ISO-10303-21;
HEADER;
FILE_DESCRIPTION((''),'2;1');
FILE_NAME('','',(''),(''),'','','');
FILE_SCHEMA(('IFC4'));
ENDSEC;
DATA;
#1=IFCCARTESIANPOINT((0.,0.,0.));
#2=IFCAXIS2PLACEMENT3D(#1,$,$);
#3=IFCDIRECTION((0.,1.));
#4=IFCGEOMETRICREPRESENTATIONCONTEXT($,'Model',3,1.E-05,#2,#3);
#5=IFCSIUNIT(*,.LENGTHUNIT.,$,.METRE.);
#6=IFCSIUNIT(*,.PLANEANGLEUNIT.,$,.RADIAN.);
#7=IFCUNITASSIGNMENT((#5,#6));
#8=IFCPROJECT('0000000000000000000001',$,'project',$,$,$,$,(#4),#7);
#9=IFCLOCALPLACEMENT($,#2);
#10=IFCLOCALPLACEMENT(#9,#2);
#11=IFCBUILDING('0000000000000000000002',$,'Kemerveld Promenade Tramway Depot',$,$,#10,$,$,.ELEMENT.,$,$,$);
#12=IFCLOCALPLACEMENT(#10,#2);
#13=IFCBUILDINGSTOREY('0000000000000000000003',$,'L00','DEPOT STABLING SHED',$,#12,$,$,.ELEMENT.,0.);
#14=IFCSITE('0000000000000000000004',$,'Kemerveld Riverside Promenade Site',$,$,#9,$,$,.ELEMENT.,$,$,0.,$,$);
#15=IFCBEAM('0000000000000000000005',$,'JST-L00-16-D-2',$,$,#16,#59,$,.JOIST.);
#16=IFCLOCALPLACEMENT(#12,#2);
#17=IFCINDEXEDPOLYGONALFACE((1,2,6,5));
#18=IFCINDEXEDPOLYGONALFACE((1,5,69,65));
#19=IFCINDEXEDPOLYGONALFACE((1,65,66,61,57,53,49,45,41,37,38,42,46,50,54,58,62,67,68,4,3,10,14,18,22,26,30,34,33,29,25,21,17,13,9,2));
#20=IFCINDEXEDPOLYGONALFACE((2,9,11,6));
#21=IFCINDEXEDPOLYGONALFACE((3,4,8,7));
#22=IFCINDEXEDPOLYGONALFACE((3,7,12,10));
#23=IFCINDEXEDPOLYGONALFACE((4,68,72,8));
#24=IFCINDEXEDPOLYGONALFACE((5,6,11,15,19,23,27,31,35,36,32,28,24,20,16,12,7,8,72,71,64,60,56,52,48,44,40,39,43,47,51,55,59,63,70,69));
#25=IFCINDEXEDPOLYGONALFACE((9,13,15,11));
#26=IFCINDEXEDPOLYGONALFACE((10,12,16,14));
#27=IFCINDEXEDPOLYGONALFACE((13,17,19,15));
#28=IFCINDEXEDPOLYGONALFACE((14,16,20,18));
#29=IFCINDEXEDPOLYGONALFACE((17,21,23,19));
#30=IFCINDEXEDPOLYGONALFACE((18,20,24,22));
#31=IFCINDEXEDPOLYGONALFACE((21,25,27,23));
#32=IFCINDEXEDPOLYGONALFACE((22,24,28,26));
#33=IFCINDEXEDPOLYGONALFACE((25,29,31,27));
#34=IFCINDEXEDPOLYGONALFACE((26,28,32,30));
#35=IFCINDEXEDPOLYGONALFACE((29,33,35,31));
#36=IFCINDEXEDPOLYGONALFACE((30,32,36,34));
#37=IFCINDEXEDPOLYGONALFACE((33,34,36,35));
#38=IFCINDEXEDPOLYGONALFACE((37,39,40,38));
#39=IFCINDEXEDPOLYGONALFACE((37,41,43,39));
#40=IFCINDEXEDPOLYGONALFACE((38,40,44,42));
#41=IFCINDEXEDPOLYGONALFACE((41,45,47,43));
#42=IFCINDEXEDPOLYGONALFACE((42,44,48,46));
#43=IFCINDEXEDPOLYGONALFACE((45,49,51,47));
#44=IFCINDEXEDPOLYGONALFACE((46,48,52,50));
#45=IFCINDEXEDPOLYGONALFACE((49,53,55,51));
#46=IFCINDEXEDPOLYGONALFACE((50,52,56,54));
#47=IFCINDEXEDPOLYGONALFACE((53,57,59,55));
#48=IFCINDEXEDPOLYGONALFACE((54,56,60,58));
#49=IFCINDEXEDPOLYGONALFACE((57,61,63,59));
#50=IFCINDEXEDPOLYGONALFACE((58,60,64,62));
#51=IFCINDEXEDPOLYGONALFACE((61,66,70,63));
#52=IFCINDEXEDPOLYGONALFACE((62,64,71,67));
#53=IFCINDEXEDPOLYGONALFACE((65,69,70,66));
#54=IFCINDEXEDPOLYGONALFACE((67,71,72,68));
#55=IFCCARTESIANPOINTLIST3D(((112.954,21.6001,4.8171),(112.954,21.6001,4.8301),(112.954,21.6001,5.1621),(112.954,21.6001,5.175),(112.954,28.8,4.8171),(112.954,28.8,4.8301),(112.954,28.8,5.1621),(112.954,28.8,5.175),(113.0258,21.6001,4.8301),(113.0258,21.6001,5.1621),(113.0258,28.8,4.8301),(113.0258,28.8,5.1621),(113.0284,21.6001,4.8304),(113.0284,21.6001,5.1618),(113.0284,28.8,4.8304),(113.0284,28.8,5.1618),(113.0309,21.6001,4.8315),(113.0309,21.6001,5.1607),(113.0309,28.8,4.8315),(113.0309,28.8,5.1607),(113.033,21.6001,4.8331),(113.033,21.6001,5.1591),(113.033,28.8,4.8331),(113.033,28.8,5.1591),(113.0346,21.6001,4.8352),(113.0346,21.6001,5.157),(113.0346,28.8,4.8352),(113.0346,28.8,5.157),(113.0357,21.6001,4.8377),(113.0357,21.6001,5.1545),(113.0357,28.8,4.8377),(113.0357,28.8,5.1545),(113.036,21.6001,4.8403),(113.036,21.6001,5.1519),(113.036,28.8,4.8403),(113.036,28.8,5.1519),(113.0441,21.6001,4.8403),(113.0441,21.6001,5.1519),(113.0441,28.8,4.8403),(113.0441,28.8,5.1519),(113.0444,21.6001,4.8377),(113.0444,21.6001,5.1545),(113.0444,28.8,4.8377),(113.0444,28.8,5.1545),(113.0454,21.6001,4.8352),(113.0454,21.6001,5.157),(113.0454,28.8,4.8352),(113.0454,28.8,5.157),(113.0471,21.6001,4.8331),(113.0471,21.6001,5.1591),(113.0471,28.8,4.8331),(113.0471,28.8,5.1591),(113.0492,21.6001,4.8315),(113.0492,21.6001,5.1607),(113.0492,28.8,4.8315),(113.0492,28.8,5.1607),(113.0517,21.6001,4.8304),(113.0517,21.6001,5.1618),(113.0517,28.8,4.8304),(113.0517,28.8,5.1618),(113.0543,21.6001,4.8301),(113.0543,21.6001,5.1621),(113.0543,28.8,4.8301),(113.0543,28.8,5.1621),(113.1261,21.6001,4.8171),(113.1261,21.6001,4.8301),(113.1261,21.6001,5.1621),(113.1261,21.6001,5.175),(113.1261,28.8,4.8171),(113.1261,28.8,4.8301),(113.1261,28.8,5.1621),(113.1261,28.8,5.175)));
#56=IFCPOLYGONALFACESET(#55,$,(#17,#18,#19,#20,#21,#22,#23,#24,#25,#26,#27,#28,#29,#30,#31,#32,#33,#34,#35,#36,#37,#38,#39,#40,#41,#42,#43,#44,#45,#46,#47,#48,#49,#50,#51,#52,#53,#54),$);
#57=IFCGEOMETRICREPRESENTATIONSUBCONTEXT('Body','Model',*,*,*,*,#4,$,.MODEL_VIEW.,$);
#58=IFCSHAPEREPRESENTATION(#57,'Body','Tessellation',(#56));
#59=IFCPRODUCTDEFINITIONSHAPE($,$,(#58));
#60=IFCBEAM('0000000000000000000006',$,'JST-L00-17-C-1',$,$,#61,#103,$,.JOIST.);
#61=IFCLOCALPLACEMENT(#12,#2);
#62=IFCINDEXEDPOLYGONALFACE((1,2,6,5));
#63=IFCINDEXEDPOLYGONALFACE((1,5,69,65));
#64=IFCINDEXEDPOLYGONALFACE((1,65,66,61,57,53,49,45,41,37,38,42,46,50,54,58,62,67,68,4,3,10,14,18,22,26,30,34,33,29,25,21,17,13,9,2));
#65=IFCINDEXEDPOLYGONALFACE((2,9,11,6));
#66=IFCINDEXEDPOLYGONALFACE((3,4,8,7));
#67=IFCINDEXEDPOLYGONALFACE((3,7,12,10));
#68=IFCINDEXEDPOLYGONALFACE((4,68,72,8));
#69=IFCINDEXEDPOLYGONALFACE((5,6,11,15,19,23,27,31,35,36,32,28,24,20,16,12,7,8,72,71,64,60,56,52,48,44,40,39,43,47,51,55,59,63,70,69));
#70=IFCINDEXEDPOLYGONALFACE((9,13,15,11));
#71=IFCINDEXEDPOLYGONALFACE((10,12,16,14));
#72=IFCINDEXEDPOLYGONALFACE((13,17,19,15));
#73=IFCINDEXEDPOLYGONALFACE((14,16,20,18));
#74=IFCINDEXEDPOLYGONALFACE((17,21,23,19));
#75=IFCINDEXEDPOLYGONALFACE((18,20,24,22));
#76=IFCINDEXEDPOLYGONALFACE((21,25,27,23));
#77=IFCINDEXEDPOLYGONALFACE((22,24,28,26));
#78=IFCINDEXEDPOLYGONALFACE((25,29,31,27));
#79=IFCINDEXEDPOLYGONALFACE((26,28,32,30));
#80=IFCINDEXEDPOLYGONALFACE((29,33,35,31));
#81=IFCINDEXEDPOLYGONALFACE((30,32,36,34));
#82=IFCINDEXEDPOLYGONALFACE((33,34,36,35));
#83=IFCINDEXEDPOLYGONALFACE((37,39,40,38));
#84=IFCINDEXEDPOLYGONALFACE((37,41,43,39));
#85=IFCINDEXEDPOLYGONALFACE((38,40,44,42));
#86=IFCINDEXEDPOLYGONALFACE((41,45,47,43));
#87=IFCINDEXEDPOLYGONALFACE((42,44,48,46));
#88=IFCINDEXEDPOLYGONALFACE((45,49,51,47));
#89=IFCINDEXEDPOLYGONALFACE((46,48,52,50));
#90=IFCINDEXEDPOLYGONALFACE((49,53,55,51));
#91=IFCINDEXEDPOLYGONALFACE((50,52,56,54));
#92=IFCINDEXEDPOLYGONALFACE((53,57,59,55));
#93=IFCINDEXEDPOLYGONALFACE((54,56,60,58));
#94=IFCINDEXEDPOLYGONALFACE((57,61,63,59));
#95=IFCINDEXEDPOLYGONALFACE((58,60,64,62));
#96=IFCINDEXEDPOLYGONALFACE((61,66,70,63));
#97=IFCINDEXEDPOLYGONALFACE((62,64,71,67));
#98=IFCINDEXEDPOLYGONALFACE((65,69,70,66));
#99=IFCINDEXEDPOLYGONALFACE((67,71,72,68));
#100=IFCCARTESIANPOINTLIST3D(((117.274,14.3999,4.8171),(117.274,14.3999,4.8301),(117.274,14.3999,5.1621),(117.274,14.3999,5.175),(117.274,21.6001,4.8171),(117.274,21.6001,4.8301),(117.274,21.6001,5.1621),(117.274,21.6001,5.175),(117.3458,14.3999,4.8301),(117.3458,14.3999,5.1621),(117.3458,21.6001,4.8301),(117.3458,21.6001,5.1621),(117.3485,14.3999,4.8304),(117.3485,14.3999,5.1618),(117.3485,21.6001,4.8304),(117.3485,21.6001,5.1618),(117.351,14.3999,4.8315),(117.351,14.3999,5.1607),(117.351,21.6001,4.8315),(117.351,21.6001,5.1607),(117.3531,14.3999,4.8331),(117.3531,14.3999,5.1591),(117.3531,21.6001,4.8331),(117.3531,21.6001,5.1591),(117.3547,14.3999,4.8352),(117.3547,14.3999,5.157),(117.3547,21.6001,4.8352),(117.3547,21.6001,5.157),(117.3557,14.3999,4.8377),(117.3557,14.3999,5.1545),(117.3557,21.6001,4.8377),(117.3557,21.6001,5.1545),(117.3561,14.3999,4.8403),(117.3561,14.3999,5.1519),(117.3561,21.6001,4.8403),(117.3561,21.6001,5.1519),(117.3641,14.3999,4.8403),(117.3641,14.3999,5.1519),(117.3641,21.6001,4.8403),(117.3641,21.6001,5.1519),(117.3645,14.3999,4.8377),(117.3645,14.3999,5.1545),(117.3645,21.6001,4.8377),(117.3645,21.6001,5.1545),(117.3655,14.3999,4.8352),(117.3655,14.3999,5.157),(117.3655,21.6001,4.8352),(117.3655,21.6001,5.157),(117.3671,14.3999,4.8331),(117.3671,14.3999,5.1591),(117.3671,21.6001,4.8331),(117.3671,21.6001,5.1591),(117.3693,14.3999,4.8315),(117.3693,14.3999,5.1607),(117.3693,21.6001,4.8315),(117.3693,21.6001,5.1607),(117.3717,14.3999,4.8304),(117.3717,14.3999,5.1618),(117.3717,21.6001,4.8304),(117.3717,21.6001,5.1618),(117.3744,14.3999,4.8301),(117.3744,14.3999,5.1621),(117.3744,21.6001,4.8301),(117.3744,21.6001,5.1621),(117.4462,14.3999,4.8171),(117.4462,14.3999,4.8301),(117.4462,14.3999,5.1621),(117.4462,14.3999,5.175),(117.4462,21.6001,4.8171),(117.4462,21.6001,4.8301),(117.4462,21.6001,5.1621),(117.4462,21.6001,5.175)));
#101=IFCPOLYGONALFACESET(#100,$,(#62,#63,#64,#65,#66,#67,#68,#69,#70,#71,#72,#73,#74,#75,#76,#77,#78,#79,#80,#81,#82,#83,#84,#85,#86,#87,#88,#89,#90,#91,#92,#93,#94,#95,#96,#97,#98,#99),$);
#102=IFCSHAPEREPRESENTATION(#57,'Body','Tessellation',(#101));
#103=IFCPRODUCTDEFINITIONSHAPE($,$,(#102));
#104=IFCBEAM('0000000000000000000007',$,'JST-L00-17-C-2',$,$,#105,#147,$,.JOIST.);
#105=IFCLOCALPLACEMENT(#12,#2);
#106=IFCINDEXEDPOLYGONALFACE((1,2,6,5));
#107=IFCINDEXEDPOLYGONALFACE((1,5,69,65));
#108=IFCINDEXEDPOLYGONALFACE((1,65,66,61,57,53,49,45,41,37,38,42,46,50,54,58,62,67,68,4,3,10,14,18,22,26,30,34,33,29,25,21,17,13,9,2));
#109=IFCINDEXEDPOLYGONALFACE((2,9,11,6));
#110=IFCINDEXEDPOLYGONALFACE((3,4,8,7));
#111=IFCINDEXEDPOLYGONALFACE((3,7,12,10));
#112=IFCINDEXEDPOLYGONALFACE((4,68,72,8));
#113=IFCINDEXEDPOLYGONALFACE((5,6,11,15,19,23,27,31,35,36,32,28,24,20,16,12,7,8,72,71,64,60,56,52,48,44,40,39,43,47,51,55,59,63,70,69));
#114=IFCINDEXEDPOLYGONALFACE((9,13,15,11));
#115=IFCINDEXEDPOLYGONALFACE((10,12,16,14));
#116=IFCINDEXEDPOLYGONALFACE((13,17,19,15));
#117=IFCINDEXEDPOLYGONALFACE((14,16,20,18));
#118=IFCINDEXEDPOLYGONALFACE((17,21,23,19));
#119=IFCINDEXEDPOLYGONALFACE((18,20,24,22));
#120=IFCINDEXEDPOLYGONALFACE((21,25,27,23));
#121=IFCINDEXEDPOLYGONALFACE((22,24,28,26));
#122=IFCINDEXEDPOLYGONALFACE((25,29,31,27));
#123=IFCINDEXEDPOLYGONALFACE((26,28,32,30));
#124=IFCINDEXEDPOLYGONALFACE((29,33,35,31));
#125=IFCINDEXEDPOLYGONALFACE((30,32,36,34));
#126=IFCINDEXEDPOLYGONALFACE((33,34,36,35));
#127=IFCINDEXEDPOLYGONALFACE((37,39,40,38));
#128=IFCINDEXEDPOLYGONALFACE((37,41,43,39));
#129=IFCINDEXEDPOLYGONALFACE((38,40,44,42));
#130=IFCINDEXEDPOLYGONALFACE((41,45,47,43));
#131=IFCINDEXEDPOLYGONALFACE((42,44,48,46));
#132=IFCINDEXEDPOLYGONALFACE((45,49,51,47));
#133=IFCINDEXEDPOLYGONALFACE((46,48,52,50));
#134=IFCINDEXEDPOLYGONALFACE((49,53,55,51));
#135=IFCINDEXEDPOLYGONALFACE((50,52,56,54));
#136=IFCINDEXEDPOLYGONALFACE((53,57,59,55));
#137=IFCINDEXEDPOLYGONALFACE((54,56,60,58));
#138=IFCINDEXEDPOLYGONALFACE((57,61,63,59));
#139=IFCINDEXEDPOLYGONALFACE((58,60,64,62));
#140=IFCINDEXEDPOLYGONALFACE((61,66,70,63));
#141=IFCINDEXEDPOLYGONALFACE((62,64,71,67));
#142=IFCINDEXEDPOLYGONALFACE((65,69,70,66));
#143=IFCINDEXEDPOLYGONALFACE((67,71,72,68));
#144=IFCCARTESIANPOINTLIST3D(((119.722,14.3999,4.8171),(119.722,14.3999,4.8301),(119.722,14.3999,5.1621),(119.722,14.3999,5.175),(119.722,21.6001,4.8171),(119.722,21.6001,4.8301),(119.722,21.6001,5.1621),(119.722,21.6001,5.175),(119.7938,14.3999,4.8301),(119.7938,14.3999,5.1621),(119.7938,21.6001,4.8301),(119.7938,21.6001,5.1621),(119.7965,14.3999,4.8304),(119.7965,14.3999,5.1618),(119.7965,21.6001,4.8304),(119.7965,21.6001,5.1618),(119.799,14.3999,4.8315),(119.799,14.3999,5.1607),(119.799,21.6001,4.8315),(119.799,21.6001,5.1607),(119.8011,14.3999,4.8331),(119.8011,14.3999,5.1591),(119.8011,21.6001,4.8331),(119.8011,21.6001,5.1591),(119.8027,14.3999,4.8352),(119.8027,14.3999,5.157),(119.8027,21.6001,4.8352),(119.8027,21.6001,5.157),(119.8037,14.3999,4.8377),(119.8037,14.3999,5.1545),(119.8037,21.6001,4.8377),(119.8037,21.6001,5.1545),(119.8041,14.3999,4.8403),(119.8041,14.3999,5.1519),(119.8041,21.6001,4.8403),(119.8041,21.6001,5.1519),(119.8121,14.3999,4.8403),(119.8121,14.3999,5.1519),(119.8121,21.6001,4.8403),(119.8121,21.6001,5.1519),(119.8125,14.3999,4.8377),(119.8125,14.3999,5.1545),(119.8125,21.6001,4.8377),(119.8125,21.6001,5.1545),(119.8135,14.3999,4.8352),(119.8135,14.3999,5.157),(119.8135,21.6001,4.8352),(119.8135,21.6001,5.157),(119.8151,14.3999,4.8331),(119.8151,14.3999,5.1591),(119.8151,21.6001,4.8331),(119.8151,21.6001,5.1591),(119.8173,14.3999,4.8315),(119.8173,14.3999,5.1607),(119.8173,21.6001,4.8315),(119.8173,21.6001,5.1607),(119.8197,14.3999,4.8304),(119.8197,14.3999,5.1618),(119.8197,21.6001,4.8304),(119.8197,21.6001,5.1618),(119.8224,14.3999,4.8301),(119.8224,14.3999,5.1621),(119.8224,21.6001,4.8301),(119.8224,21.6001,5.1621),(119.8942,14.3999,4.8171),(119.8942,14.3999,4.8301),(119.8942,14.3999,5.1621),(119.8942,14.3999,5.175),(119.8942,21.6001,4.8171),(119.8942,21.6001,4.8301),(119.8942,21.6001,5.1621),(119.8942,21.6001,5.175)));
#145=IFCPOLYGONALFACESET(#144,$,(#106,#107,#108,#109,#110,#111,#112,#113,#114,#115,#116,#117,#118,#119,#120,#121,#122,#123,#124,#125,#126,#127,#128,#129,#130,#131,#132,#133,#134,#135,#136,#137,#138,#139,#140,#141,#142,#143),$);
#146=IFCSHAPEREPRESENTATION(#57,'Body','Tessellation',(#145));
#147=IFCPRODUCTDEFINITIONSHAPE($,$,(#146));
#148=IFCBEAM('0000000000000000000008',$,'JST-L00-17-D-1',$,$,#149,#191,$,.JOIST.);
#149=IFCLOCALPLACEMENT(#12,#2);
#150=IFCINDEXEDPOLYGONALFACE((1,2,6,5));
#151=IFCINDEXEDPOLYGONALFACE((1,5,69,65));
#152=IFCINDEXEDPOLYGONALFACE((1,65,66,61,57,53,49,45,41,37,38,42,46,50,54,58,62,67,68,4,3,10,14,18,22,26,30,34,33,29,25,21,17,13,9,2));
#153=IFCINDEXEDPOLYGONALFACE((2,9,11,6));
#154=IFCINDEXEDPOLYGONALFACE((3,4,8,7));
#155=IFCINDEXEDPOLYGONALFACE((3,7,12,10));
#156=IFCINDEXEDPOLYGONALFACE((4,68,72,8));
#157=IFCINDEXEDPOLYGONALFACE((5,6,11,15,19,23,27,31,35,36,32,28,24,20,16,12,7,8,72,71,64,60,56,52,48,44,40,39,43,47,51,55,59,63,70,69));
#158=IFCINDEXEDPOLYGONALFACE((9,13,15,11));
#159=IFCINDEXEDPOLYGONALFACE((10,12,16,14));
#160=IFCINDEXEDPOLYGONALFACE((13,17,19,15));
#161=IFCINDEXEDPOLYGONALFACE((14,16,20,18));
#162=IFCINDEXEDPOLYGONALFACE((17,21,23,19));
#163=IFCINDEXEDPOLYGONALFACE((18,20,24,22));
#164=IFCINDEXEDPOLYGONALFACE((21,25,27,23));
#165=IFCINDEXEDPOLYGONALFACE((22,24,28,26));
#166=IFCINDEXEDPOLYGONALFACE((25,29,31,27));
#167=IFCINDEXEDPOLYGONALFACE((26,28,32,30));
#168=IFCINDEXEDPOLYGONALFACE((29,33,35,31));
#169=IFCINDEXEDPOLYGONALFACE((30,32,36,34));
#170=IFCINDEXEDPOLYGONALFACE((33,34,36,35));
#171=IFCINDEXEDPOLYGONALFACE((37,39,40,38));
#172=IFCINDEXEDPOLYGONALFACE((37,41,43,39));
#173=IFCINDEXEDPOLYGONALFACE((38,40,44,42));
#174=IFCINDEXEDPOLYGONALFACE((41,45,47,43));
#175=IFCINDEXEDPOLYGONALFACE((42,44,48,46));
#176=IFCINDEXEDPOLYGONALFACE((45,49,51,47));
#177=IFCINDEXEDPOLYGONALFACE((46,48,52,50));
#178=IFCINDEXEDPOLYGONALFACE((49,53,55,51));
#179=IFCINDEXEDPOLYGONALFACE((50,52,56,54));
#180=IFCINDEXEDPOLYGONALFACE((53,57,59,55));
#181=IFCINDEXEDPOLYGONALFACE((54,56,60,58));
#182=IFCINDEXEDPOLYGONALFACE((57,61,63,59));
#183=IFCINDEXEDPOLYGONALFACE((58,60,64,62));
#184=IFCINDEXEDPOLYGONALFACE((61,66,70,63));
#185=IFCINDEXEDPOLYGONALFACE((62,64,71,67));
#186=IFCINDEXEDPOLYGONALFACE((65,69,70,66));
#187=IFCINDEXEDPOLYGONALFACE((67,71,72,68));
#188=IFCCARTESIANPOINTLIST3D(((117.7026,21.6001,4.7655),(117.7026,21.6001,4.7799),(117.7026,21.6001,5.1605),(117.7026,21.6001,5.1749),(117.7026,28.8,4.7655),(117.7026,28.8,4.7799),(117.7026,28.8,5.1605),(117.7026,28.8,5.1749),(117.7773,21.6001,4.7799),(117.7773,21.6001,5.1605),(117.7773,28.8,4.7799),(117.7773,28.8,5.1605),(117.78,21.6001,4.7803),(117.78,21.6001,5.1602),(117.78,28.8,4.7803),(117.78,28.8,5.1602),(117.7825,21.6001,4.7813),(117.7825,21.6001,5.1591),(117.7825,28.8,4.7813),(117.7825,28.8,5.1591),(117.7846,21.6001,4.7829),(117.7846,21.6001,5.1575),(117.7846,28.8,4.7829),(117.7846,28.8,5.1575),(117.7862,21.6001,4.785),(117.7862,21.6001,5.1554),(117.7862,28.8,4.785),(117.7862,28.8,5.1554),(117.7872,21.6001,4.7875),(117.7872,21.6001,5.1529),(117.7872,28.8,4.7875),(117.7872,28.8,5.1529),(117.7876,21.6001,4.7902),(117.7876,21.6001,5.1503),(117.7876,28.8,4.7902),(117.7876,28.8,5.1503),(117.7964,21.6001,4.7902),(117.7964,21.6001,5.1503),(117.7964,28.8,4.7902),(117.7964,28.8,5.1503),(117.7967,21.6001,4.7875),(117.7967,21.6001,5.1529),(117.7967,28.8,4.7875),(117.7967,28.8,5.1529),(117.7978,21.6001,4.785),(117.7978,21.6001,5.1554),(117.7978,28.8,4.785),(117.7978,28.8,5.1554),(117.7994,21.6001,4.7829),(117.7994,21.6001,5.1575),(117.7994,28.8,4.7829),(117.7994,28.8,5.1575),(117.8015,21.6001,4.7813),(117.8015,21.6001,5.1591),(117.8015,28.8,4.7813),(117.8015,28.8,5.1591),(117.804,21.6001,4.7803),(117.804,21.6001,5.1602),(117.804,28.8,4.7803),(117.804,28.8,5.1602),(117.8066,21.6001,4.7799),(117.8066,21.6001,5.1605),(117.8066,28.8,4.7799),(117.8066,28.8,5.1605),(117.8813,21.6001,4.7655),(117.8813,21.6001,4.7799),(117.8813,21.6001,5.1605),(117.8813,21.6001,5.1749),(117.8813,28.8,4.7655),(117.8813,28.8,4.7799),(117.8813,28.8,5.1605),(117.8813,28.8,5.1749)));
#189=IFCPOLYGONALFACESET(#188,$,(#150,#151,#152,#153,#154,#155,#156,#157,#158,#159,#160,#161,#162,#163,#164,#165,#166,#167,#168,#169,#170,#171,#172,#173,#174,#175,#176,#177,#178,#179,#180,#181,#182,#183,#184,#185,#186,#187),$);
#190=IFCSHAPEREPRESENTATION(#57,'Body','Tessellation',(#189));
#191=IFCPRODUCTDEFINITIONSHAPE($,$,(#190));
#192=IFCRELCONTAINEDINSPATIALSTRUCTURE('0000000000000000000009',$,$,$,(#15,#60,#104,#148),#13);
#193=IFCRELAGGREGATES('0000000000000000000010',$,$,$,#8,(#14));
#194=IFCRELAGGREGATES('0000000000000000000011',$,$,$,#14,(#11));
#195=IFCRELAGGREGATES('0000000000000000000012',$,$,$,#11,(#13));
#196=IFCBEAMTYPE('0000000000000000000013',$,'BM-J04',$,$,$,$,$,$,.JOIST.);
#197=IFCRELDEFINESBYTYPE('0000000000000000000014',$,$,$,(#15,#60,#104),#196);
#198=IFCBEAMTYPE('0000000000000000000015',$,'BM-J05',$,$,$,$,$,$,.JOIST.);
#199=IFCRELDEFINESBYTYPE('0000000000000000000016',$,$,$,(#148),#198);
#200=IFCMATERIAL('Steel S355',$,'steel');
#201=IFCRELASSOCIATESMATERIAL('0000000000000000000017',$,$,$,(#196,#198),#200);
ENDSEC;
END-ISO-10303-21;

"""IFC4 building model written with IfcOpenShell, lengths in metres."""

from ifc_helpers import new_model, si_unit, direction, frame, origin, origin_2d, place, context, subcontext, project, spatial, i_section, extrude, material, material_profile, profile_set, type_object, element, save


model = new_model("IFC4")

# Units and contexts
model_context = context("Model", 3, precision=1e-05, world=origin(), true_north=direction((0.0, 1.0)))
body_context = subcontext(model_context, "Body", "Model", "MODEL_VIEW")
ifc_project = project(units=[si_unit("LENGTHUNIT", "METRE"), si_unit("PLANEANGLEUNIT", "RADIAN")], contexts=[model_context])

# Site, building, storey
site_placement = place(None, origin())
site = spatial("IfcSite", under=ifc_project, at=site_placement, Name="Kemerveld Riverside Promenade Site", CompositionType="ELEMENT", RefElevation=0.0)
building_placement = place(site_placement, origin())
building = spatial("IfcBuilding", under=site, at=building_placement, Name="Kemerveld Promenade Tramway Depot", CompositionType="ELEMENT")
storey_placement = place(building_placement, origin())
storey = spatial("IfcBuildingStorey", under=building, at=storey_placement, Name="L00", Description="DEPOT STABLING SHED", CompositionType="ELEMENT", Elevation=0.0)

# Shared definitions
ifc_material_1 = material(Name="Steel S355", Category="steel")

# Beams
ifc_material_profile_1 = material_profile(ifc_material_1, i_section(OverallWidth=0.1721, OverallDepth=0.3579, WebThickness=0.0081, FlangeThickness=0.0129, FilletRadius=0.0103, at=origin_2d()), Name="356x171x57 UB")
ifc_profile_set_1 = profile_set([ifc_material_profile_1], Name="Steel S355")
beam_type_1 = type_object("IfcBeamType", Name="BM-J04", PredefinedType="JOIST", material=ifc_profile_set_1)
for number, where, z_axis, x_axis, name in (
    (1, (113.04, 21.6001, 4.9961), (0.0, 1.0, 0.0), (-1.0, 0.0, 0.0), "JST-L00-16-D-2"),
):
    element("IfcBeam", number, at=place(storey_placement, frame(where, z_axis=z_axis, x_axis=x_axis)), inside=storey, type_object=beam_type_1, Name=name, PredefinedType="JOIST", context=body_context, shape_type="SweptSolid", body=[
        extrude(i_section(OverallWidth=0.1721, OverallDepth=0.3579, WebThickness=0.0081, FlangeThickness=0.0129, FilletRadius=0.0103, at=origin_2d()), origin(), (0.0, 0.0, 1.0), 7.2),
    ])
for number, where, z_axis, x_axis, name in (
    (2, (117.3601, 14.3999, 4.9961), (0.0, 1.0, 0.0), (-1.0, 0.0, 0.0), "JST-L00-17-C-1"),
    (3, (119.8081, 14.3999, 4.9961), (0.0, 1.0, 0.0), (-1.0, 0.0, 0.0), "JST-L00-17-C-2"),
):
    element("IfcBeam", number, at=place(storey_placement, frame(where, z_axis=z_axis, x_axis=x_axis)), inside=storey, type_object=beam_type_1, Name=name, PredefinedType="JOIST", context=body_context, shape_type="SweptSolid", body=[
        extrude(i_section(OverallWidth=0.1721, OverallDepth=0.3579, WebThickness=0.0081, FlangeThickness=0.0129, FilletRadius=0.0103, at=origin_2d()), origin(), (0.0, 0.0, 1.0), 7.2002),
    ])
ifc_material_profile_2 = material_profile(ifc_material_1, i_section(OverallWidth=0.1787, OverallDepth=0.4094, WebThickness=0.0088, FlangeThickness=0.0144, FilletRadius=0.0103, at=origin_2d()), Name="406x178x67 UB")
ifc_profile_set_2 = profile_set([ifc_material_profile_2], Name="Steel S355")
beam_type_2 = type_object("IfcBeamType", Name="BM-J05", PredefinedType="JOIST", material=ifc_profile_set_2)
for number, where, z_axis, x_axis, name in (
    (4, (117.792, 21.6001, 4.9702), (0.0, 1.0, 0.0), (-1.0, 0.0, 0.0), "JST-L00-17-D-1"),
):
    element("IfcBeam", number, at=place(storey_placement, frame(where, z_axis=z_axis, x_axis=x_axis)), inside=storey, type_object=beam_type_2, Name=name, PredefinedType="JOIST", context=body_context, shape_type="SweptSolid", body=[
        extrude(i_section(OverallWidth=0.1787, OverallDepth=0.4094, WebThickness=0.0088, FlangeThickness=0.0144, FilletRadius=0.0103, at=origin_2d()), origin(), (0.0, 0.0, 1.0), 7.2),
    ])

save(model, "model.ifc")
